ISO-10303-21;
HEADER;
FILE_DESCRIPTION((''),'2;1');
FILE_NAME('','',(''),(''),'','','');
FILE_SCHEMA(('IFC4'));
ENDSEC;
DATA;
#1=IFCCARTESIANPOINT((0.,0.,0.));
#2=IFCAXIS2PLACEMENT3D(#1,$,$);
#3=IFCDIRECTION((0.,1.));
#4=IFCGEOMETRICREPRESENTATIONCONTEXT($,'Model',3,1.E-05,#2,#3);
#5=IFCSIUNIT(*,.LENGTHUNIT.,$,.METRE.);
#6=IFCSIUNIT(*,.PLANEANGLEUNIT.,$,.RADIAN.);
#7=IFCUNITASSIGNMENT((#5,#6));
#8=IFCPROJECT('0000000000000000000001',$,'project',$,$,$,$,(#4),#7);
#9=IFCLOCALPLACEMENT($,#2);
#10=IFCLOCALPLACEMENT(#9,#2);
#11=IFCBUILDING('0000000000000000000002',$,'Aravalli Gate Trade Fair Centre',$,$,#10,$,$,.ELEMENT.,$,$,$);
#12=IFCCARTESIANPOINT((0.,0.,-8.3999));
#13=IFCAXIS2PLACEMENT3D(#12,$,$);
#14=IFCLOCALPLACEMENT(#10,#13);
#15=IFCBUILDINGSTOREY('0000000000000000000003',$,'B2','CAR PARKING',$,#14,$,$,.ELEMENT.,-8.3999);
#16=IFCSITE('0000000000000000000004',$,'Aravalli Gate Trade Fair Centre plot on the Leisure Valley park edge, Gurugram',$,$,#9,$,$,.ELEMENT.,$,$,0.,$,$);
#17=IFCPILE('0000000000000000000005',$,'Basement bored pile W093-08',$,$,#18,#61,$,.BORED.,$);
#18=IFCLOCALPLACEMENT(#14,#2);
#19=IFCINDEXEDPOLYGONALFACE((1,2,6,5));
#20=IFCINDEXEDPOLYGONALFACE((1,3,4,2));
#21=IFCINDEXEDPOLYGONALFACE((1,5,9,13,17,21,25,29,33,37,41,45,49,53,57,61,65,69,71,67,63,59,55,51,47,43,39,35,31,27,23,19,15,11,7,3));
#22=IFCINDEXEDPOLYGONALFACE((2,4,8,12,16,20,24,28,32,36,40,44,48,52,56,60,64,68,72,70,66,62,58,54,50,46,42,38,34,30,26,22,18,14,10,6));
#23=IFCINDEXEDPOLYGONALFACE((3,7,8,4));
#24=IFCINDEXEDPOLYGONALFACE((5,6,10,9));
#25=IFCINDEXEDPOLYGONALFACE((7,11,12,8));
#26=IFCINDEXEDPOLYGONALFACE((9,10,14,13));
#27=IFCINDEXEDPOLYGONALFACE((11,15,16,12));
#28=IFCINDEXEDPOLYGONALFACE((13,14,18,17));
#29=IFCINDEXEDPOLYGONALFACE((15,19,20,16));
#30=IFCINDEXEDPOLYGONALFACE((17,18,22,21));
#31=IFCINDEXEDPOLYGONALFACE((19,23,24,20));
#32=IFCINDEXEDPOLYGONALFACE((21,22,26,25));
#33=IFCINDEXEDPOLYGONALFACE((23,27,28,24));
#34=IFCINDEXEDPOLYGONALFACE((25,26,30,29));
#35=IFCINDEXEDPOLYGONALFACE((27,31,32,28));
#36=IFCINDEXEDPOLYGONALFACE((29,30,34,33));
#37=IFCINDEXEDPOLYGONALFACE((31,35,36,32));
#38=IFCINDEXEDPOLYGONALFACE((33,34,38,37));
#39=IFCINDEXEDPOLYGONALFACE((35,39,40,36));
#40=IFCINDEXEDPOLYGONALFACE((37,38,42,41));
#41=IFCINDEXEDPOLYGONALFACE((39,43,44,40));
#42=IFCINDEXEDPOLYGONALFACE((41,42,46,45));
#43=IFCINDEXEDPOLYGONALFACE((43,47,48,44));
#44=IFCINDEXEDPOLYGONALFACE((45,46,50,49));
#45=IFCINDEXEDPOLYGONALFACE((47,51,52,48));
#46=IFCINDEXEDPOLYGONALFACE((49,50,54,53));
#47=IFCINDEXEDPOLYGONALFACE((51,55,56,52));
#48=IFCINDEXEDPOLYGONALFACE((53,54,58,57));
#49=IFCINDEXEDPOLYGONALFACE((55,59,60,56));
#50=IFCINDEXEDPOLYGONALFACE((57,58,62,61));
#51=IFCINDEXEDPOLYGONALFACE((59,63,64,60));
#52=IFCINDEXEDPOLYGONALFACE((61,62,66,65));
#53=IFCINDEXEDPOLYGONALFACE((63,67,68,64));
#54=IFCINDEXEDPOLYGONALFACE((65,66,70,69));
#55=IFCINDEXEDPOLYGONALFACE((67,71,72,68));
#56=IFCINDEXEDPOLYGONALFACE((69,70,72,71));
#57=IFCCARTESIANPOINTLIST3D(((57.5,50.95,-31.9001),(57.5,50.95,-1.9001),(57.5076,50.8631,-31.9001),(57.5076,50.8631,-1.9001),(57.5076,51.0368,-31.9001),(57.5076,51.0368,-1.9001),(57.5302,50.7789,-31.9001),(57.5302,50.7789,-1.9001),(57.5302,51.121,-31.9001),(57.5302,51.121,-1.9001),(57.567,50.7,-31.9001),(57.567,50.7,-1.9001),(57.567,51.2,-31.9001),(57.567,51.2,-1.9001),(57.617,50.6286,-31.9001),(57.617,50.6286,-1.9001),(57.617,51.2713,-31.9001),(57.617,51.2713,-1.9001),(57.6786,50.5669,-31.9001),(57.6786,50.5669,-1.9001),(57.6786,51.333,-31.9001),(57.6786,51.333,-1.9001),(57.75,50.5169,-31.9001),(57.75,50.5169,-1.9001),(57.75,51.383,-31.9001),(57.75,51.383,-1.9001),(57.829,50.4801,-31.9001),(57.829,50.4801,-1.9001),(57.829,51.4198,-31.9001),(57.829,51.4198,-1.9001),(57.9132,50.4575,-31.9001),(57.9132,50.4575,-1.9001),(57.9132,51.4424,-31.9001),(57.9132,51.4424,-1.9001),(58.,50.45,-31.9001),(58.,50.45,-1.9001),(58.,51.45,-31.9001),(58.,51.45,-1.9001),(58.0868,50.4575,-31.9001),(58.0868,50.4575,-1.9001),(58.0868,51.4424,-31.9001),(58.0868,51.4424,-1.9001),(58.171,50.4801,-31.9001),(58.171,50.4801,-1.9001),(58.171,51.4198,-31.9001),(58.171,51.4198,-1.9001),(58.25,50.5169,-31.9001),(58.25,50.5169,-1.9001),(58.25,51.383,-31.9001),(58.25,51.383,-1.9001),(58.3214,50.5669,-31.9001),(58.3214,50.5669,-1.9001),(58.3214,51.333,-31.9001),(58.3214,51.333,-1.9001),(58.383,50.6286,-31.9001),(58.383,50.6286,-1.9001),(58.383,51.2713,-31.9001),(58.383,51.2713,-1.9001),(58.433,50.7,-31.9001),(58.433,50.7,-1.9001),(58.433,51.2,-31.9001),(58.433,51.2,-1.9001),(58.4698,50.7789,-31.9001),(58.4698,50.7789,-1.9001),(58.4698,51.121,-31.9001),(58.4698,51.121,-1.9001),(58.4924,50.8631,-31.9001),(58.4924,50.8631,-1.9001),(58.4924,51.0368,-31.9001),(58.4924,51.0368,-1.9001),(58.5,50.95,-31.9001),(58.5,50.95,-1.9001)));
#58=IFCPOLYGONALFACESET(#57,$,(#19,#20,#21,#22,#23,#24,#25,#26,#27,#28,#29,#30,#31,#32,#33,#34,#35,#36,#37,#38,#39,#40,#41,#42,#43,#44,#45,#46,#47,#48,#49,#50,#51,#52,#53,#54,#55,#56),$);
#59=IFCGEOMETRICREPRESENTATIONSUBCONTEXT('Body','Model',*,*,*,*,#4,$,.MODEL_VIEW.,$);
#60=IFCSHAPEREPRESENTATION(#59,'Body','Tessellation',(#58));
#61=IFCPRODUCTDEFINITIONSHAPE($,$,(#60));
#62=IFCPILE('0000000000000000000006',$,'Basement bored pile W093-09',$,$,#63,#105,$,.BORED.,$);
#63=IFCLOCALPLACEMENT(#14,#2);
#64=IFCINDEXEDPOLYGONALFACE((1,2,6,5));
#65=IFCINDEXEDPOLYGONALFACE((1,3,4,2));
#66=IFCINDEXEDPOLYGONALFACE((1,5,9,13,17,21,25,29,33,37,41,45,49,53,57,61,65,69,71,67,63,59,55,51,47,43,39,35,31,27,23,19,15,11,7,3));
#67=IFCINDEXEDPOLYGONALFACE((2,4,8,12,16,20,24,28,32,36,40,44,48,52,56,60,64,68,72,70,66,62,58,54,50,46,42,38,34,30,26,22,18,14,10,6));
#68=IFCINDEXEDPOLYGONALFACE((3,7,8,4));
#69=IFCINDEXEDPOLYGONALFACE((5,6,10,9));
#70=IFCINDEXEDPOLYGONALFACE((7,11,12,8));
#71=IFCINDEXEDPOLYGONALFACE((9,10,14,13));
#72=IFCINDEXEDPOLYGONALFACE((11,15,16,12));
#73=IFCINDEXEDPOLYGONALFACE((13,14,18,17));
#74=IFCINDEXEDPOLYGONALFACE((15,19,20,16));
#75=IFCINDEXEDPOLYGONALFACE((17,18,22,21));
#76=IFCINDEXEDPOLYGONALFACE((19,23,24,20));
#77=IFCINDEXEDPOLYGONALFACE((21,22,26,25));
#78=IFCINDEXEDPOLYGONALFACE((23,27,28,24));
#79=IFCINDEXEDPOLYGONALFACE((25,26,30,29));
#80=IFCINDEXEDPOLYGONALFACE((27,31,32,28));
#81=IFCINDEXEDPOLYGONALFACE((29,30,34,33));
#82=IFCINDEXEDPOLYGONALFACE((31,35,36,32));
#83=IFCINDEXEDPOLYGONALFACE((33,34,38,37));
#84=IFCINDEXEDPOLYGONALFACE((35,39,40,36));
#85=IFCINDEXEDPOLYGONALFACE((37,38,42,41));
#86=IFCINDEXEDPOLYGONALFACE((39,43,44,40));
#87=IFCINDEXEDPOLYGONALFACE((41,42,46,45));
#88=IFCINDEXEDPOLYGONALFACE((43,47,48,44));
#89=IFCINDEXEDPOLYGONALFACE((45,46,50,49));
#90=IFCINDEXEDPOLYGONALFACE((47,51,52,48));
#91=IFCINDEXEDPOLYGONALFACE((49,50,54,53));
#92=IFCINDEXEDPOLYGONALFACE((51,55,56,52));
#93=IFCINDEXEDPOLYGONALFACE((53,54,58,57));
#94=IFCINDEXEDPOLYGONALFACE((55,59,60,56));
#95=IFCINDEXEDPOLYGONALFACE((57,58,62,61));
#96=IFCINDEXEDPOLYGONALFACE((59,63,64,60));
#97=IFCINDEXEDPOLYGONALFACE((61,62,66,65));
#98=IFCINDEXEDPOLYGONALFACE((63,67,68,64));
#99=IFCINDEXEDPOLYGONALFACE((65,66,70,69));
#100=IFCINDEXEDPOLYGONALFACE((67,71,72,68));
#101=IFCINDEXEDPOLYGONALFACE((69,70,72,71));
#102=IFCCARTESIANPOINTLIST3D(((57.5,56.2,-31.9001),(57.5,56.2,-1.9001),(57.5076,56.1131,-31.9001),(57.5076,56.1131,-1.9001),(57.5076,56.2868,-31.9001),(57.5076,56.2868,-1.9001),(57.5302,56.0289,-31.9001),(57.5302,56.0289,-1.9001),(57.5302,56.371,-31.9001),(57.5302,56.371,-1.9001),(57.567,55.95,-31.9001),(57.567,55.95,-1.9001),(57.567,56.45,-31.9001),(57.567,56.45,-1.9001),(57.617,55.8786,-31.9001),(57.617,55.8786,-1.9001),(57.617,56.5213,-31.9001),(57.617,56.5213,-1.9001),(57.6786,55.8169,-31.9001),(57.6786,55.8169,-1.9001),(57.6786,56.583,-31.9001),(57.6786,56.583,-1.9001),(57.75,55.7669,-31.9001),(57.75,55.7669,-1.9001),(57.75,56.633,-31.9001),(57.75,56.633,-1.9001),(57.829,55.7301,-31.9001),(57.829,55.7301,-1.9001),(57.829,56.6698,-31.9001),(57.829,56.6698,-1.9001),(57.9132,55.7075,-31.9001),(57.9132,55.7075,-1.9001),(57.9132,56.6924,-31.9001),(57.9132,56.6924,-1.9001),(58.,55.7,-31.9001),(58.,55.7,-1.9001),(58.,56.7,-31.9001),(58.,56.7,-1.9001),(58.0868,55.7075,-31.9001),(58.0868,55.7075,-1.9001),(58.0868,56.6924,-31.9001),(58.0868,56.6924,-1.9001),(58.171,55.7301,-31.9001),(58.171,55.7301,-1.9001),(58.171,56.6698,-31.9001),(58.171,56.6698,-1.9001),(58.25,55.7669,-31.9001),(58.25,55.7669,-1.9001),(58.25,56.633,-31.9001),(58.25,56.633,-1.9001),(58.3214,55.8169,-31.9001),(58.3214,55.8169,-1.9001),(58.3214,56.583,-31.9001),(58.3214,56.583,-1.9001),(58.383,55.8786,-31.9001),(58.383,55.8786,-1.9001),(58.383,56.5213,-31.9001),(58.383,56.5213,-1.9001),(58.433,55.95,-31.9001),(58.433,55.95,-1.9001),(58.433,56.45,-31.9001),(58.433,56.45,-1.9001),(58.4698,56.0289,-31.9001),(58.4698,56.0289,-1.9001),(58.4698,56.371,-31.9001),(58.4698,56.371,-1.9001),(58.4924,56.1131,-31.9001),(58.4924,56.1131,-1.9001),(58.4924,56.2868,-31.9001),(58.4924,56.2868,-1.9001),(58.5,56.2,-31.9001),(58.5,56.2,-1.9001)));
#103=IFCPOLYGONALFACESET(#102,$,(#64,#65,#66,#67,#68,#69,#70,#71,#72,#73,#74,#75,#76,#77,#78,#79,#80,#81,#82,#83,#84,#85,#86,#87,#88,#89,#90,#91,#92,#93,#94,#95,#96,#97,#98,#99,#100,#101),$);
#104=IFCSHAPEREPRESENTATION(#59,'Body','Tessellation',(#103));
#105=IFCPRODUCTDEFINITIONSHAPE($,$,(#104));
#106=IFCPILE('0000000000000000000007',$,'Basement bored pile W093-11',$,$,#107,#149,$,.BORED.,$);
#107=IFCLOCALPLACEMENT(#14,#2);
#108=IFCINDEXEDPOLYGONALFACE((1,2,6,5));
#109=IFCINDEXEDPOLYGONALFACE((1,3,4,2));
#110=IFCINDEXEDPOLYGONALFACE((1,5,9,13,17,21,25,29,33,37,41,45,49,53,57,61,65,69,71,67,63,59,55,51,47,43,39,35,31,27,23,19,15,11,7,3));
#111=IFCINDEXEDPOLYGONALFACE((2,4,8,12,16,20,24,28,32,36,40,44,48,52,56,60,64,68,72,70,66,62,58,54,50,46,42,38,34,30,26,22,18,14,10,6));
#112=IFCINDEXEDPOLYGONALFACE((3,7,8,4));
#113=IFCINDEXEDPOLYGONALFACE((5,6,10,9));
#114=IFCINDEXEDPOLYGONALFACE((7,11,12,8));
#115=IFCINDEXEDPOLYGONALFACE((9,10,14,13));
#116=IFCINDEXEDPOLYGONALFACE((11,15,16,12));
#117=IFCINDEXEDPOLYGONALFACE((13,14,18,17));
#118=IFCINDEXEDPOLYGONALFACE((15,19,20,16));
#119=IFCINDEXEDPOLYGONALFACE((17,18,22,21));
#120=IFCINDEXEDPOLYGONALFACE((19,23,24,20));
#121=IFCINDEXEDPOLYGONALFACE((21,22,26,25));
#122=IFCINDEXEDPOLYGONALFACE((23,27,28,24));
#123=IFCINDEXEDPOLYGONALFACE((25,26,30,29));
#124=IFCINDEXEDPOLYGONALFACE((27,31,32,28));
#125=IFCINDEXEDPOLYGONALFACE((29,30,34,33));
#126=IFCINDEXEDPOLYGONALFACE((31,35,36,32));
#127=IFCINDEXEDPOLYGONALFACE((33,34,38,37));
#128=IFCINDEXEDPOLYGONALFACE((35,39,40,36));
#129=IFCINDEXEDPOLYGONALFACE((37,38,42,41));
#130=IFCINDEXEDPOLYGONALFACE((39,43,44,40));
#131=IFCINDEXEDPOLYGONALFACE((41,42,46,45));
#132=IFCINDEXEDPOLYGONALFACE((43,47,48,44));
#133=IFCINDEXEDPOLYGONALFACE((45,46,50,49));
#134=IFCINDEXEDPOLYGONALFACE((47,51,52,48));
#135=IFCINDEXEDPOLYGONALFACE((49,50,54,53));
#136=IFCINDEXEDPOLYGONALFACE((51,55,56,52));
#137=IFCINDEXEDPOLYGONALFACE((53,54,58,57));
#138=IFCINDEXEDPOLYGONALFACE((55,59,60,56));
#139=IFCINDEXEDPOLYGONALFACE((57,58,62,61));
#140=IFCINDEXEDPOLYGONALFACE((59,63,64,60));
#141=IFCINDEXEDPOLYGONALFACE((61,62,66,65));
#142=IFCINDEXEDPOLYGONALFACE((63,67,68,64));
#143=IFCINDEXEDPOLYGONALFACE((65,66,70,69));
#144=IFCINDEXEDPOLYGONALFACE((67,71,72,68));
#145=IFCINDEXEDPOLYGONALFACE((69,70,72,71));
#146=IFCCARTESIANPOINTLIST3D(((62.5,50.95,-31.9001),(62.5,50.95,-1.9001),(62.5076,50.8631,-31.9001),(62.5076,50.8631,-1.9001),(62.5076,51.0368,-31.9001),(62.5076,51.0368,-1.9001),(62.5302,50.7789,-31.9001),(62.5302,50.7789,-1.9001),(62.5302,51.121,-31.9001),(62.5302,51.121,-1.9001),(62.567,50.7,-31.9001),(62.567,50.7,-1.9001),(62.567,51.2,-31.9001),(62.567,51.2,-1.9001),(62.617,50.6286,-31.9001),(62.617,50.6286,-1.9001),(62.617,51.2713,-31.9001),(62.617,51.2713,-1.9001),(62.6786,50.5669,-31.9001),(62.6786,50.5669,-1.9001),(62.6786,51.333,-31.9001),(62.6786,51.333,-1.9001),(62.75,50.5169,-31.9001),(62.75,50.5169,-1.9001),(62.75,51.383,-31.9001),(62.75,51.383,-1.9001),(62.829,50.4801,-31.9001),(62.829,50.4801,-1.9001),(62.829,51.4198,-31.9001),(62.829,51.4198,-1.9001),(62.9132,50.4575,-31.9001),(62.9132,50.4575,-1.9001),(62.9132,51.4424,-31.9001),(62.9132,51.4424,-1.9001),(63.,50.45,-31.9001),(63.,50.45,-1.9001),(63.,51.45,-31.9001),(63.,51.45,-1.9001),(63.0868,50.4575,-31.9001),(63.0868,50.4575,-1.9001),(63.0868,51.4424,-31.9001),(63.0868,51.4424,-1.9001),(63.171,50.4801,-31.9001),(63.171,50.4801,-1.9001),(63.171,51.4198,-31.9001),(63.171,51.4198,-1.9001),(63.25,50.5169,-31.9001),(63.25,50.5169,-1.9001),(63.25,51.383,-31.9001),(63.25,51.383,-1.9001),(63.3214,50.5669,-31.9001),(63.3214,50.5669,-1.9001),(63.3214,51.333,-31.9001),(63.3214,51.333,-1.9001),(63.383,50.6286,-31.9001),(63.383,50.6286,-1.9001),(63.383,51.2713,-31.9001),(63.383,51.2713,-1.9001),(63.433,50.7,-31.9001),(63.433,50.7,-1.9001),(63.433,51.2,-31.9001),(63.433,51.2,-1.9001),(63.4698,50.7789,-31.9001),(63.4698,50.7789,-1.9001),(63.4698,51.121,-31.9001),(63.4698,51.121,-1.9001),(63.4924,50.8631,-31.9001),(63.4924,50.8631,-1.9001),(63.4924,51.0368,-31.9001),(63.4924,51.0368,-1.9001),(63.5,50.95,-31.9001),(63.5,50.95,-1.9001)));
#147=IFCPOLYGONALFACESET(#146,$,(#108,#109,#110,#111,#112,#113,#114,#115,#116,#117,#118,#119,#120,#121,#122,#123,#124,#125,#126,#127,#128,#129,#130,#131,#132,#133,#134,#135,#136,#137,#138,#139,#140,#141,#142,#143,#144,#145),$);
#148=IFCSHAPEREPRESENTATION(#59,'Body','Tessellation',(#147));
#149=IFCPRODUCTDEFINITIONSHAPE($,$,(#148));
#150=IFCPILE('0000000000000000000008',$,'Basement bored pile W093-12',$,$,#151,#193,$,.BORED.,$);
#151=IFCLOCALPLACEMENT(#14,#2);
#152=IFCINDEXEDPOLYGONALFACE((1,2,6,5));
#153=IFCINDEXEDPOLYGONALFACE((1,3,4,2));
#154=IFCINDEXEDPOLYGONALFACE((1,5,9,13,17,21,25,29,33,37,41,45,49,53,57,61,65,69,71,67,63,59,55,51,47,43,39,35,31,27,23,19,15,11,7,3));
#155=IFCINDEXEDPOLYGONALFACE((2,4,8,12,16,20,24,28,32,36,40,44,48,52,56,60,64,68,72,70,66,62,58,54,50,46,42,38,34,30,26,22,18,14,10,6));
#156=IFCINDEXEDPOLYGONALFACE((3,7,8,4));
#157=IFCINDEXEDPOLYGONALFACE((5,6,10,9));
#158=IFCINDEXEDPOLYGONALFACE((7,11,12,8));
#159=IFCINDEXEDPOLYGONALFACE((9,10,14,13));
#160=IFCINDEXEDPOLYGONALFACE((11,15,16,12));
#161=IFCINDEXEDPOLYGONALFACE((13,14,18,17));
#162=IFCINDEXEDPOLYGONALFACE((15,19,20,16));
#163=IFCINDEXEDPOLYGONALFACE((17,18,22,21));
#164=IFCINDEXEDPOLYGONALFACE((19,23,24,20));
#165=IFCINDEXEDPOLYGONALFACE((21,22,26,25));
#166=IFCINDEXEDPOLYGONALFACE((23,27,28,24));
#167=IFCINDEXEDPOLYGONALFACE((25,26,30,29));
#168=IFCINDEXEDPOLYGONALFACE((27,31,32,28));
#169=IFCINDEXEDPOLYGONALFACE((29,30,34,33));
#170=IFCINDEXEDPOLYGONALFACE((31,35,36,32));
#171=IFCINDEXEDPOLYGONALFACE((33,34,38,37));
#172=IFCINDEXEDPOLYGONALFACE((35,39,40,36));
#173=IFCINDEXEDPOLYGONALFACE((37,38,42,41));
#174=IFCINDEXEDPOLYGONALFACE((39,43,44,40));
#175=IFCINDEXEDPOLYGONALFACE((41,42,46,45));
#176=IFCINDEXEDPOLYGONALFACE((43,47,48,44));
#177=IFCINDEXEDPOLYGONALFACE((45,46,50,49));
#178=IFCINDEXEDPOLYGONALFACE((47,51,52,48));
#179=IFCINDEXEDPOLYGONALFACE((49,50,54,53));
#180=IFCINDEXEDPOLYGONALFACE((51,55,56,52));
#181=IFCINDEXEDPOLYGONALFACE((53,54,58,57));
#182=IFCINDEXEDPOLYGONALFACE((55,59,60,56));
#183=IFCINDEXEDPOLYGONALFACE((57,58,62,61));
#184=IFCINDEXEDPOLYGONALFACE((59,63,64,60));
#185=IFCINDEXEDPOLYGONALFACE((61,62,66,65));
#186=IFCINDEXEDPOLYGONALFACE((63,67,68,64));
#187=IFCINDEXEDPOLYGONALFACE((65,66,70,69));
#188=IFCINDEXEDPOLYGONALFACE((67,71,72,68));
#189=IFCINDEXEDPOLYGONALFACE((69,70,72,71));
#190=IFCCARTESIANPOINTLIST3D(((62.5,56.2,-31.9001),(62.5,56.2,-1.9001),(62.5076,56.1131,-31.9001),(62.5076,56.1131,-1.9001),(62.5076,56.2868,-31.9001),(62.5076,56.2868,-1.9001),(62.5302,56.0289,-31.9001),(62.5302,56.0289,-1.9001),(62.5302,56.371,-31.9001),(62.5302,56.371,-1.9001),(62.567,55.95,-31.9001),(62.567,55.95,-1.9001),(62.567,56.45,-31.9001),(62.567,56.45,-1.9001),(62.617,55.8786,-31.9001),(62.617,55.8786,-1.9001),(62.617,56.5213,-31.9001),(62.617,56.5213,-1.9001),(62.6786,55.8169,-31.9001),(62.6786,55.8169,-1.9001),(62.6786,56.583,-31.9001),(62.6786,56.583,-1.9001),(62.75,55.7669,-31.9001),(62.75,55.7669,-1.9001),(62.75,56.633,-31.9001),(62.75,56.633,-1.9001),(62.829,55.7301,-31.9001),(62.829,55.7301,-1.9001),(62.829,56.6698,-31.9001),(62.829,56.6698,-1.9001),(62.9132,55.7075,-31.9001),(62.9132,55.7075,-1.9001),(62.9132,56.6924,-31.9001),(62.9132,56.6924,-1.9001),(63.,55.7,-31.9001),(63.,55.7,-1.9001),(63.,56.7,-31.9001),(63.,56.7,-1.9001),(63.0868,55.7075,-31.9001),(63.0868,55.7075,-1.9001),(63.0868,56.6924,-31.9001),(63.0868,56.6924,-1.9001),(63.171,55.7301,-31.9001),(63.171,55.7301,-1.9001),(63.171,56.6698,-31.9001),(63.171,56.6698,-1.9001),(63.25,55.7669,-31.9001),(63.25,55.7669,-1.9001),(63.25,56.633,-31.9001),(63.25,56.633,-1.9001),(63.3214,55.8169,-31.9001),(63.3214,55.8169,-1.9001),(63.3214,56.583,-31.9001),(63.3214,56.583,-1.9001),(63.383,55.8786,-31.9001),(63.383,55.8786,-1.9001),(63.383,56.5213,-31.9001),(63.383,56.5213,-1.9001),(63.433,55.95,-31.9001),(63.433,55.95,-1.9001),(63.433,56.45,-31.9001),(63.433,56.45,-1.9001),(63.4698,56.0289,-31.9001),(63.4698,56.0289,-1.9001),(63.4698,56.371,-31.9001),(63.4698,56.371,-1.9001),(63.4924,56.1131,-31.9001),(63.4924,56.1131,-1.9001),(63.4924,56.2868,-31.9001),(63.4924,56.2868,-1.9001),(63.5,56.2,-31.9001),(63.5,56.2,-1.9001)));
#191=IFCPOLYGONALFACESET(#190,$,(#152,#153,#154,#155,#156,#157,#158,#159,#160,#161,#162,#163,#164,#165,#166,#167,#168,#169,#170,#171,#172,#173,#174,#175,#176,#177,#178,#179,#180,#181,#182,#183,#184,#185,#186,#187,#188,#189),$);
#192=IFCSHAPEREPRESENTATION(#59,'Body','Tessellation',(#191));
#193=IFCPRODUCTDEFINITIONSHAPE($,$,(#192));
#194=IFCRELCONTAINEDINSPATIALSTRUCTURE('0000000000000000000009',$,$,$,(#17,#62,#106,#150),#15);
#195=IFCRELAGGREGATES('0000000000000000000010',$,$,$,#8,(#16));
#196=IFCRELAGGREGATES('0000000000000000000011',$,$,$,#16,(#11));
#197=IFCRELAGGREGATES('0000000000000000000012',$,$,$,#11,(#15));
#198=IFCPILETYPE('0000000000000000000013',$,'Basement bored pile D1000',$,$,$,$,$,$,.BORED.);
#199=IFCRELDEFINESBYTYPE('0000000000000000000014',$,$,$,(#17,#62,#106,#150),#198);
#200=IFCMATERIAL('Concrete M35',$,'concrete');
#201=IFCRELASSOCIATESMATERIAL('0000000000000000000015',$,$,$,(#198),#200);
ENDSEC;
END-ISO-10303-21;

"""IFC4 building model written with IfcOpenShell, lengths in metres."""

from ifc_helpers import new_model, si_unit, direction, frame, origin, origin_2d, place, context, subcontext, project, spatial, circle, extrude, material, material_profile, profile_set, type_object, element, save


model = new_model("IFC4")

# Units and contexts
model_context = context("Model", 3, precision=1e-05, world=origin(), true_north=direction((0.0, 1.0)))
body_context = subcontext(model_context, "Body", "Model", "MODEL_VIEW")
ifc_project = project(units=[si_unit("LENGTHUNIT", "METRE"), si_unit("PLANEANGLEUNIT", "RADIAN")], contexts=[model_context])

# Site, building, storey
site_placement = place(None, origin())
site = spatial("IfcSite", under=ifc_project, at=site_placement, Name="Aravalli Gate Trade Fair Centre plot on the Leisure Valley park edge, Gurugram", CompositionType="ELEMENT", RefElevation=0.0)
building_placement = place(site_placement, origin())
building = spatial("IfcBuilding", under=site, at=building_placement, Name="Aravalli Gate Trade Fair Centre", CompositionType="ELEMENT")
storey_placement = place(building_placement, frame((0.0, 0.0, -8.3999)))
storey = spatial("IfcBuildingStorey", under=building, at=storey_placement, Name="B2", Description="CAR PARKING", CompositionType="ELEMENT", Elevation=-8.3999)

# Piles
ifc_material_1 = material(Name="Concrete M35", Category="concrete")
ifc_material_profile_1 = material_profile(ifc_material_1, circle(Radius=0.5, at=origin_2d()), Name="D1000")
ifc_profile_set_1 = profile_set([ifc_material_profile_1], Name="Concrete M35")
pile_type = type_object("IfcPileType", Name="Basement bored pile D1000", PredefinedType="BORED", material=ifc_profile_set_1)
for number, where, z_axis, x_axis, name in (
    (1, (58.0, 50.95, -1.9001), (0.0, 0.0, -1.0), (1.0, 0.0, 0.0), "Basement bored pile W093-08"),
    (2, (58.0, 56.2, -1.9001), (0.0, 0.0, -1.0), (1.0, 0.0, 0.0), "Basement bored pile W093-09"),
    (3, (63.0, 50.95, -1.9001), (0.0, 0.0, -1.0), (1.0, 0.0, 0.0), "Basement bored pile W093-11"),
    (4, (63.0, 56.2, -1.9001), (0.0, 0.0, -1.0), (1.0, 0.0, 0.0), "Basement bored pile W093-12"),
):
    element("IfcPile", number, at=place(storey_placement, frame(where, z_axis=z_axis, x_axis=x_axis)), inside=storey, type_object=pile_type, Name=name, PredefinedType="BORED", context=body_context, shape_type="SweptSolid", body=[
        extrude(circle(Radius=0.5, at=origin_2d()), origin(), (0.0, 0.0, 1.0), 30.0),
    ])

save(model, "model.ifc")
